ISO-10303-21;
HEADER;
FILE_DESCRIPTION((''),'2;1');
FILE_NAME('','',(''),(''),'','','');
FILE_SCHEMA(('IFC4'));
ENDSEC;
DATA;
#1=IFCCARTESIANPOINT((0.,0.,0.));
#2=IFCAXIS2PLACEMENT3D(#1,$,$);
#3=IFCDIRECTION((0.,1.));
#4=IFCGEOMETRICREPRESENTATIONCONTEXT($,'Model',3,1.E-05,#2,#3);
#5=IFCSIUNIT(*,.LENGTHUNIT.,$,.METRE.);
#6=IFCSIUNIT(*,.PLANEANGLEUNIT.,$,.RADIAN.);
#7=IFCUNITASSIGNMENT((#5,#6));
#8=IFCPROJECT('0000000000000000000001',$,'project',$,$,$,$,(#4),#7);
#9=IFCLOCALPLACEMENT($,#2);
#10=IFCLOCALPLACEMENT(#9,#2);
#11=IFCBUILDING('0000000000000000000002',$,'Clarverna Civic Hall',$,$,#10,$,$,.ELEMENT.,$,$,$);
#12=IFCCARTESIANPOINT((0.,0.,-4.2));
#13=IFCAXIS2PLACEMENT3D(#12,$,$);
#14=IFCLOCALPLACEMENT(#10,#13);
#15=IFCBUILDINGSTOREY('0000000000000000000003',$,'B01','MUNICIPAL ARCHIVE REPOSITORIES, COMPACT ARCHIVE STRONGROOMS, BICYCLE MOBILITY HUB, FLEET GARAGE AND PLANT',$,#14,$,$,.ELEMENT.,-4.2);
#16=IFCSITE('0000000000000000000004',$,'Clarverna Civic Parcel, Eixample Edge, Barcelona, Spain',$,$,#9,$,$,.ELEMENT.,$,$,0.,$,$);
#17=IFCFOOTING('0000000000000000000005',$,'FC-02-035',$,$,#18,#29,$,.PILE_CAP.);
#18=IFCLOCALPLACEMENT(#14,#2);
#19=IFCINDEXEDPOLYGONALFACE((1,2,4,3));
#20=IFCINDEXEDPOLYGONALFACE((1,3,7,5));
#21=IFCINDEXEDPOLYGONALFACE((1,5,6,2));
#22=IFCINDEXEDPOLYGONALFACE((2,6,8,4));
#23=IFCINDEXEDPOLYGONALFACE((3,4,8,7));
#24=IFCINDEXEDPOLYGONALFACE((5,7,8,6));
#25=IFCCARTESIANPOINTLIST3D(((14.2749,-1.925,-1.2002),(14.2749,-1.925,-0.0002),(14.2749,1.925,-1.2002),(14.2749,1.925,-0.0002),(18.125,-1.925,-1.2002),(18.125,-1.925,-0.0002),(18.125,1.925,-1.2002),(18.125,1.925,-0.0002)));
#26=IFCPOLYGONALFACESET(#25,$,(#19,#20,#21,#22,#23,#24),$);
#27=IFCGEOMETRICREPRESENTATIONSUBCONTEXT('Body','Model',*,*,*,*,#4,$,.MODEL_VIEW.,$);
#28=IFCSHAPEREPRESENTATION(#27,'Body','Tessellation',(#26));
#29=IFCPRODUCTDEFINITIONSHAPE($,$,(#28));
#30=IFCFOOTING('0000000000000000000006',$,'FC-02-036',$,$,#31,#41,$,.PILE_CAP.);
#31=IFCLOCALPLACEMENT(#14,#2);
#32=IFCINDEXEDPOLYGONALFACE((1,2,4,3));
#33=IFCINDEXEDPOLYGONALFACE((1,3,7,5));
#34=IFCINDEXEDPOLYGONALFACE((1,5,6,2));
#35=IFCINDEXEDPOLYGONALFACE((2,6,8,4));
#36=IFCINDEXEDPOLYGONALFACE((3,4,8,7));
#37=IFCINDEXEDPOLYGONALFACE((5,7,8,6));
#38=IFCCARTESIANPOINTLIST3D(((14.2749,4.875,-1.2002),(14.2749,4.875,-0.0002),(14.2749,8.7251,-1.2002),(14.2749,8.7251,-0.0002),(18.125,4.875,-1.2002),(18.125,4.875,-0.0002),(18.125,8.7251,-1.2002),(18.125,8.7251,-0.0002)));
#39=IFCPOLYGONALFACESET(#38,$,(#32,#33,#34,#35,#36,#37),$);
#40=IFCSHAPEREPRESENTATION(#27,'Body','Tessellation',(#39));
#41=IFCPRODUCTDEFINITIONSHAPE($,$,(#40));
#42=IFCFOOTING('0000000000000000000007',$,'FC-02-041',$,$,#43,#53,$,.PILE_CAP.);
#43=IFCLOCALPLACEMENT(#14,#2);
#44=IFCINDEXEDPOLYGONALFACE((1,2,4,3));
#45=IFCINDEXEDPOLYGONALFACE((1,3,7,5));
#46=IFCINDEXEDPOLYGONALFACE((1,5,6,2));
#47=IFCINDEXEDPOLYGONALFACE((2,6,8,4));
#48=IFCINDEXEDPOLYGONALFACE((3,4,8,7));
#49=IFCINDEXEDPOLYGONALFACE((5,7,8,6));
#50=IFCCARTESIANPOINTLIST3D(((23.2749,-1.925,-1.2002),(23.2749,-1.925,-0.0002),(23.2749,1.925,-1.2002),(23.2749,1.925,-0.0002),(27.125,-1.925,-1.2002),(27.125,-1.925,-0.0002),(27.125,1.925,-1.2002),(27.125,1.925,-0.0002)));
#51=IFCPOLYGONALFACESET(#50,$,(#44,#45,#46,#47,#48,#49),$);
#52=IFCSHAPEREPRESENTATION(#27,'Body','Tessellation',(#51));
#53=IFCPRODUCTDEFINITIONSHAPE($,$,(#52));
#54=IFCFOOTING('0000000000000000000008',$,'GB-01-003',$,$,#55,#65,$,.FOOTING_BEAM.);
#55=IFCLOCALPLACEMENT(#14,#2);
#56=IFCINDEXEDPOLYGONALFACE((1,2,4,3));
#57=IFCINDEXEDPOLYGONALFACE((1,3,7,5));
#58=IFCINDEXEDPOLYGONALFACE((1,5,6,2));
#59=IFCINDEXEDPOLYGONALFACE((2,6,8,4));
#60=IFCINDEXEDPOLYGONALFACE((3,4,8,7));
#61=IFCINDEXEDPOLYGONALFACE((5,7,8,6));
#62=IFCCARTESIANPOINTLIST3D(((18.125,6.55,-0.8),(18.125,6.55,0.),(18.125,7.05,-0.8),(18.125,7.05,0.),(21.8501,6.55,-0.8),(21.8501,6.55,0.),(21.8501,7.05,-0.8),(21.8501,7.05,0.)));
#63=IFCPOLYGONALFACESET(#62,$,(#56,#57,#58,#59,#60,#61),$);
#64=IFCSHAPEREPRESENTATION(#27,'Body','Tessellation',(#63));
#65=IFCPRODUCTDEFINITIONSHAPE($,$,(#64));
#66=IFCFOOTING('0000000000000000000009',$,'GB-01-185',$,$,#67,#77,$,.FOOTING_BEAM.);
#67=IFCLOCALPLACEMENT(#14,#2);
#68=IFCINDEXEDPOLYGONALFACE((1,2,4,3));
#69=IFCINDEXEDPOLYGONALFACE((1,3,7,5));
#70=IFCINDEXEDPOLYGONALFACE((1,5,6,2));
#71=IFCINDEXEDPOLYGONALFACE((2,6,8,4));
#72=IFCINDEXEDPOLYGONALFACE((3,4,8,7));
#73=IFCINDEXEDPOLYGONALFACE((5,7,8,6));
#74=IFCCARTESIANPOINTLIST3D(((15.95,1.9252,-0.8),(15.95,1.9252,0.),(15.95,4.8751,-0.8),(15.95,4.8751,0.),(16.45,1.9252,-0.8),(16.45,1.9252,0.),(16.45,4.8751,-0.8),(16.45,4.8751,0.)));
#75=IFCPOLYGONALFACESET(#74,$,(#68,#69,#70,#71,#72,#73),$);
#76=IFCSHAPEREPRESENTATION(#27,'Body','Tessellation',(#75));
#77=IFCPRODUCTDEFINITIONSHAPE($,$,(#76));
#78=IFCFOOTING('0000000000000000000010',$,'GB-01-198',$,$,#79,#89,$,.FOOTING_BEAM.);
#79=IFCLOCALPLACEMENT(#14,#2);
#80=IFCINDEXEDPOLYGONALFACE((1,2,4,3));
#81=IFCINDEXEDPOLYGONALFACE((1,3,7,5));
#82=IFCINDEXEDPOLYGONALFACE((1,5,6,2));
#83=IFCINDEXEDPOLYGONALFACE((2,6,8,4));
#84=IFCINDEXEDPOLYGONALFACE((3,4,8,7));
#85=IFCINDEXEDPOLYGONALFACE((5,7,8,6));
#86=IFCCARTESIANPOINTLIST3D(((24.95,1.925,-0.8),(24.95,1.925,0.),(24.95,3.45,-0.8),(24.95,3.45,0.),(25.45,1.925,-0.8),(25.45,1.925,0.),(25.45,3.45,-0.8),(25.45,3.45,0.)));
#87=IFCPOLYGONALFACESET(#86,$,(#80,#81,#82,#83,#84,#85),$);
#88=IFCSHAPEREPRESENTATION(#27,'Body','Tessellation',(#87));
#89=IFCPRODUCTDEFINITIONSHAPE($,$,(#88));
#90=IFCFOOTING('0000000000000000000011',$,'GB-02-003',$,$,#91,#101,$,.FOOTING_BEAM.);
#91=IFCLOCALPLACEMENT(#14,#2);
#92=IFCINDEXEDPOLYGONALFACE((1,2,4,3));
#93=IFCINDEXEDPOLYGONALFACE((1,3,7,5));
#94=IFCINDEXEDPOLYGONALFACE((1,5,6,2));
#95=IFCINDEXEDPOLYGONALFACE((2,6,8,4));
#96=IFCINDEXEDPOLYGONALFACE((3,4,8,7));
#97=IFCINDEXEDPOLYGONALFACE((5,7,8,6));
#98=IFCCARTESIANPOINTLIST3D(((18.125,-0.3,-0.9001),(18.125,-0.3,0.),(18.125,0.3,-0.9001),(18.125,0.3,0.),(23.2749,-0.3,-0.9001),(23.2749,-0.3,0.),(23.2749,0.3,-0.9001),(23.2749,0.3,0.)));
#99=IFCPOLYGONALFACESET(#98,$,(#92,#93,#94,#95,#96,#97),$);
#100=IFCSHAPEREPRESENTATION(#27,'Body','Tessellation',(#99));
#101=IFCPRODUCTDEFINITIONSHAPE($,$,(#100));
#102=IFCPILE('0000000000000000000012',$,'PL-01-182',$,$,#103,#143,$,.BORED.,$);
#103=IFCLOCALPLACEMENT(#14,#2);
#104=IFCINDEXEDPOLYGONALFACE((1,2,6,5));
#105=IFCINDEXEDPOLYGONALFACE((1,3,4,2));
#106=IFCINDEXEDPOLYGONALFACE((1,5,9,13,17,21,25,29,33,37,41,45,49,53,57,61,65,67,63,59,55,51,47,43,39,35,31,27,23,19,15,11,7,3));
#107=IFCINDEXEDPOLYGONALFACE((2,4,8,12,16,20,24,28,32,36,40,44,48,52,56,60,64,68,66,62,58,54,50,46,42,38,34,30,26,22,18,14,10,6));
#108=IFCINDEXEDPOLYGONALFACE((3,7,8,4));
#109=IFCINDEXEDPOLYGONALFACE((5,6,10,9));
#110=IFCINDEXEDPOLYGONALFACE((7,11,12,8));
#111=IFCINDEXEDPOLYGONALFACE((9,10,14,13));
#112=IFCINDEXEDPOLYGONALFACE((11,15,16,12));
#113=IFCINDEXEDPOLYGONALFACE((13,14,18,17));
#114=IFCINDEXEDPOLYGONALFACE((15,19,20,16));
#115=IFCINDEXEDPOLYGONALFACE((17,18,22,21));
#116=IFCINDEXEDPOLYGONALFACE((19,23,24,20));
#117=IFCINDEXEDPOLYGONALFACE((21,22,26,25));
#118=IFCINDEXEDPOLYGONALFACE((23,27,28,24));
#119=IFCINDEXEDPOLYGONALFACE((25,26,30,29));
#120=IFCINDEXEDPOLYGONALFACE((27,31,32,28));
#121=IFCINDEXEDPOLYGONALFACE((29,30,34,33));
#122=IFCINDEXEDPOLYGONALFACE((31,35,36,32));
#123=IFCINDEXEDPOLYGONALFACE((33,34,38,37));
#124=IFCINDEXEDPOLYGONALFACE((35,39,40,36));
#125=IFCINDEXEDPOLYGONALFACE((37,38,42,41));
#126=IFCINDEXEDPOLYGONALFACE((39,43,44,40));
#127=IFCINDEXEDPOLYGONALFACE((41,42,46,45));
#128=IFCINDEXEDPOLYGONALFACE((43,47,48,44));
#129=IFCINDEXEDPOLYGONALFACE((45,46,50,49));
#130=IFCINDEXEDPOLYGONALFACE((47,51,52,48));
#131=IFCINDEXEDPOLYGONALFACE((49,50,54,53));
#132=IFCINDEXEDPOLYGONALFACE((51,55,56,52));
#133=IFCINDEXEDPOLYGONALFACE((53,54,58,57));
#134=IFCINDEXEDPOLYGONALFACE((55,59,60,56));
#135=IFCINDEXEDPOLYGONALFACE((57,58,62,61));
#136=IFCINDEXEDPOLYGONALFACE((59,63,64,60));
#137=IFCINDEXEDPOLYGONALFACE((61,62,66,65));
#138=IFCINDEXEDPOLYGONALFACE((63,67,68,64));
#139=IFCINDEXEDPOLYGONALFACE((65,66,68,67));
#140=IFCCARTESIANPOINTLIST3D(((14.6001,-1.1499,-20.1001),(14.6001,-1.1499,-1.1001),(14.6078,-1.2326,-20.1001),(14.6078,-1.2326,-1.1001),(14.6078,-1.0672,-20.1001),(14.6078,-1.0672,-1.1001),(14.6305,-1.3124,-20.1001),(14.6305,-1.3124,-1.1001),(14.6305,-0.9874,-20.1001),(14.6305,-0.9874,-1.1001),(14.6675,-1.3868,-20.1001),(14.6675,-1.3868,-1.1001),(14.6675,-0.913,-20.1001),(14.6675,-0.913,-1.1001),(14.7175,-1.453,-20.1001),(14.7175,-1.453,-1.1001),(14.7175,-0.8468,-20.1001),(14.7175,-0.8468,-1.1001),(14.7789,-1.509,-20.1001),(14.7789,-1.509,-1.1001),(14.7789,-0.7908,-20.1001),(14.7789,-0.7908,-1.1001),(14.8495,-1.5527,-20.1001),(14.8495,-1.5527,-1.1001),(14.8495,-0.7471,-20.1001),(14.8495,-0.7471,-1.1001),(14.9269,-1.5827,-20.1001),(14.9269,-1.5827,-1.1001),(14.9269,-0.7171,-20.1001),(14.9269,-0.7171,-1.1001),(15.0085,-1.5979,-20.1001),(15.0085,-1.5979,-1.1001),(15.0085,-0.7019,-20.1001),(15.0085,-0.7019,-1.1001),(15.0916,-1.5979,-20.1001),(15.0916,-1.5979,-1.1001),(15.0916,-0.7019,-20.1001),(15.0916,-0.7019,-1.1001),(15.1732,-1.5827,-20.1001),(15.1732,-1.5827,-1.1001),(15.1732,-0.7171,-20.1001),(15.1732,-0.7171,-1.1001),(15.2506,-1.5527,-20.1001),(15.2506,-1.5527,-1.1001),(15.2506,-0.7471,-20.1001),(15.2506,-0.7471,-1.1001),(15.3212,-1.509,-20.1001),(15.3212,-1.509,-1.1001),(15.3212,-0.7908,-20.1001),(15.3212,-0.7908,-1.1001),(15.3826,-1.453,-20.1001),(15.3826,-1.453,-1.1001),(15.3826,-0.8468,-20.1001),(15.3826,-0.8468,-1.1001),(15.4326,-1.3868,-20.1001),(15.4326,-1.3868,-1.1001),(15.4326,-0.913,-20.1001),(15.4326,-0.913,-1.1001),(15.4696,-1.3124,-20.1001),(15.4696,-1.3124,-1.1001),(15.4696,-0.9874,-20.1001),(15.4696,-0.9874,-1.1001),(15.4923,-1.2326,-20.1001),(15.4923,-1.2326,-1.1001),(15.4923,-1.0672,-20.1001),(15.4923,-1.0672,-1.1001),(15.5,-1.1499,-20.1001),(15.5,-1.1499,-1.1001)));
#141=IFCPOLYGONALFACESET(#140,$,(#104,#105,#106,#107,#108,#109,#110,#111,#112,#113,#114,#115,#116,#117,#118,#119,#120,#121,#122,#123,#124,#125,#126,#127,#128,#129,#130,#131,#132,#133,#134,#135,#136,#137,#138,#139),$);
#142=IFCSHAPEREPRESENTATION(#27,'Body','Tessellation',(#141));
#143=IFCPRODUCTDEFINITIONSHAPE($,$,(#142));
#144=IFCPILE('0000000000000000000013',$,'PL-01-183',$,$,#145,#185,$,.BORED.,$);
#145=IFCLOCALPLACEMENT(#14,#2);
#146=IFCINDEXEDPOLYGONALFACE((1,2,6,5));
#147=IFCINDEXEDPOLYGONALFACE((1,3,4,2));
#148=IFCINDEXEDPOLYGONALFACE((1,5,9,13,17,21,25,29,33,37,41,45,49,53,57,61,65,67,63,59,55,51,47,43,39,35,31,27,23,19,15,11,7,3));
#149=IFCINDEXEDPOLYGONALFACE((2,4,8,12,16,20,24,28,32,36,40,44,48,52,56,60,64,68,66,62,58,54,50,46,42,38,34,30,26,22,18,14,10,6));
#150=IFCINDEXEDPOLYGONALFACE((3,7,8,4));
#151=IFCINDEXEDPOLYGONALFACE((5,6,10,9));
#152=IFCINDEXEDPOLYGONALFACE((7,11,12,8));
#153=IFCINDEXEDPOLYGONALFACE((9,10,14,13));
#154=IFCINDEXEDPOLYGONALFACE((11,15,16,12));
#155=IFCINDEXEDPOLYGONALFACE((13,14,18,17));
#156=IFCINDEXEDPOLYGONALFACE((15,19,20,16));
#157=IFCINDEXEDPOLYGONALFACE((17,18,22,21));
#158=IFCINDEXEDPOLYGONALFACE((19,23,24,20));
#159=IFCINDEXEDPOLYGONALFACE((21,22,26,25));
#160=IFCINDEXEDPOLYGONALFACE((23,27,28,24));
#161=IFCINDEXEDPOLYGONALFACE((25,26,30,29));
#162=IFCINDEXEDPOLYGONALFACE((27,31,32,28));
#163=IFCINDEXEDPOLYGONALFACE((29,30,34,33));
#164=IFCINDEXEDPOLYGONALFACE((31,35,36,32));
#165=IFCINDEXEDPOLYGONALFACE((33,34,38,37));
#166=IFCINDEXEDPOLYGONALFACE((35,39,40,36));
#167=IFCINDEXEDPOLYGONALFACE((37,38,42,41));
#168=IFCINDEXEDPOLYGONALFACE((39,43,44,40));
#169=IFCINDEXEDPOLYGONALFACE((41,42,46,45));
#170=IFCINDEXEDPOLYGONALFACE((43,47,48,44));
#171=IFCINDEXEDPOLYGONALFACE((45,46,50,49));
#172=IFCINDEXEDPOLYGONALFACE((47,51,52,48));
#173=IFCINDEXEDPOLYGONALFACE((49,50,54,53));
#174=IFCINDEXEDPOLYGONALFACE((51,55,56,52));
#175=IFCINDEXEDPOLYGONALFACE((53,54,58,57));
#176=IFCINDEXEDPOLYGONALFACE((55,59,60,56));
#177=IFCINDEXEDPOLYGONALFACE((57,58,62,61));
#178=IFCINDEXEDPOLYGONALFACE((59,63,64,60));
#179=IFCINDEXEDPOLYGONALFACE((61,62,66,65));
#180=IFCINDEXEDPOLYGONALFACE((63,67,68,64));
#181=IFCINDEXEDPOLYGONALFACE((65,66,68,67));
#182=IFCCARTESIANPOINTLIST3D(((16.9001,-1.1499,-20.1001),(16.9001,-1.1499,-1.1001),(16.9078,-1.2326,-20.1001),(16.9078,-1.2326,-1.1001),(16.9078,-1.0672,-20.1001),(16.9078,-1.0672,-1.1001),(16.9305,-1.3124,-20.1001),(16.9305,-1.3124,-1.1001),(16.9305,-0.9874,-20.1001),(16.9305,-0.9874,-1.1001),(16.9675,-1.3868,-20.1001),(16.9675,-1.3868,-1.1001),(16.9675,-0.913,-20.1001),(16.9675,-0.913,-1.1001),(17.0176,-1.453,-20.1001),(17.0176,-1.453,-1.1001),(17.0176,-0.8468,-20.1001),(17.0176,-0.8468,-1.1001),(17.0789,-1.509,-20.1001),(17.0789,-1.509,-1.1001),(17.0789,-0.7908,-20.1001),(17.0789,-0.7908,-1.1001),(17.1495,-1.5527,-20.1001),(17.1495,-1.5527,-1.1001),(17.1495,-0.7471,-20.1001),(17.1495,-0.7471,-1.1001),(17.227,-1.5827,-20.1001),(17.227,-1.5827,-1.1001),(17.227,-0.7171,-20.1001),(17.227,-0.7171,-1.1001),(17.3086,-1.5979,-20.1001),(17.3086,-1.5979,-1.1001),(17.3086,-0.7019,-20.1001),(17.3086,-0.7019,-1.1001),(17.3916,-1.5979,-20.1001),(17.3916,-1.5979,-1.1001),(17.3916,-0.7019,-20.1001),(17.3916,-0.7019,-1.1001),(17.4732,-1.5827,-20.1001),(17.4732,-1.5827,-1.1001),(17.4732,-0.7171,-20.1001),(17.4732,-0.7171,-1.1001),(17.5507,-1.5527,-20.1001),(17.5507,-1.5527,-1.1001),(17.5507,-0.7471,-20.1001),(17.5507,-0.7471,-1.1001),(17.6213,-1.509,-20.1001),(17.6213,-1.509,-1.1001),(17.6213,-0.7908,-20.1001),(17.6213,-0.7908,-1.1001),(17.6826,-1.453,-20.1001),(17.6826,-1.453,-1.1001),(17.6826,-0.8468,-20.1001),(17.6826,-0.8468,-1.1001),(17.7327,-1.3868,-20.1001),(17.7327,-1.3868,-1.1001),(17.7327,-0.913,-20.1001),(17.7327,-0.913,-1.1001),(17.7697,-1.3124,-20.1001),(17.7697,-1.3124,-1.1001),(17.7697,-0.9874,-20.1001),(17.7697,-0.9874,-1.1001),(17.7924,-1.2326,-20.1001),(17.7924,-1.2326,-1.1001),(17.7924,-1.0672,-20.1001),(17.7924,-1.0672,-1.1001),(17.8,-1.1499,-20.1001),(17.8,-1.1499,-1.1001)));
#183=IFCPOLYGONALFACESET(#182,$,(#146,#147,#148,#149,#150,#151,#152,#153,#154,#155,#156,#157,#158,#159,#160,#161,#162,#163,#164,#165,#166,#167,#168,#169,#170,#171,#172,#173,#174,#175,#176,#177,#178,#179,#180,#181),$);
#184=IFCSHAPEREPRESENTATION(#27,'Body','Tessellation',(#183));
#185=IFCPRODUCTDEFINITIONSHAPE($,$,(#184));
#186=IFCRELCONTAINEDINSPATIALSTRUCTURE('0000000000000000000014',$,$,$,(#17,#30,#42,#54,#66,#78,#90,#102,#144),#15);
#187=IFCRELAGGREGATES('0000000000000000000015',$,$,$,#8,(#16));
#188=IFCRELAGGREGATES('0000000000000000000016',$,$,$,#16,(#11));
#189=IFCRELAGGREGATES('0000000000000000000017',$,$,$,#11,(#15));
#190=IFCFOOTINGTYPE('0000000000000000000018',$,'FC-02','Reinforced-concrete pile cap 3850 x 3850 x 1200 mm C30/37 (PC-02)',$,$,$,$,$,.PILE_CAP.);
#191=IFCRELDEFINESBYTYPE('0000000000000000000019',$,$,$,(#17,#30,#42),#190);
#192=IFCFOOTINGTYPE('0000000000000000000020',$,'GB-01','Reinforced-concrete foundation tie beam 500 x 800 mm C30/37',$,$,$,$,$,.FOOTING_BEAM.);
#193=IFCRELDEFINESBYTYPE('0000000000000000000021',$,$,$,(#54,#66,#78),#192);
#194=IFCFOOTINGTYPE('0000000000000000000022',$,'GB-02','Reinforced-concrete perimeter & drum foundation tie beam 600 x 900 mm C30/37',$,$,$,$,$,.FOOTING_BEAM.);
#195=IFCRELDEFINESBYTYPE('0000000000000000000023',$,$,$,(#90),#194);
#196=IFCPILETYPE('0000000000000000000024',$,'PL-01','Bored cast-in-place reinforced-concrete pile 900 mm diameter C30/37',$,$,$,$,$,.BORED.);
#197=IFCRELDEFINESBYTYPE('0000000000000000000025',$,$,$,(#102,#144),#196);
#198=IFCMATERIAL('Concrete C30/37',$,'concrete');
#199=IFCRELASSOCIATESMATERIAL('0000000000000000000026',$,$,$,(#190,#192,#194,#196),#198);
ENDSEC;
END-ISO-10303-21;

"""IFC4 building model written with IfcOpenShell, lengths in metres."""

from ifc_helpers import new_model, si_unit, direction, frame, frame_2d, origin, origin_2d, place, context, subcontext, project, spatial, rectangle, circle, extrude, material, material_profile, profile_set, type_object, element, save


model = new_model("IFC4")

# Units and contexts
model_context = context("Model", 3, precision=1e-05, world=origin(), true_north=direction((0.0, 1.0)))
body_context = subcontext(model_context, "Body", "Model", "MODEL_VIEW")
ifc_project = project(units=[si_unit("LENGTHUNIT", "METRE"), si_unit("PLANEANGLEUNIT", "RADIAN")], contexts=[model_context])

# Site, building, storey
site_placement = place(None, origin())
site = spatial("IfcSite", under=ifc_project, at=site_placement, Name="Clarverna Civic Parcel, Eixample Edge, Barcelona, Spain", CompositionType="ELEMENT", RefElevation=0.0)
building_placement = place(site_placement, origin())
building = spatial("IfcBuilding", under=site, at=building_placement, Name="Clarverna Civic Hall", CompositionType="ELEMENT")
storey_placement = place(building_placement, frame((0.0, 0.0, -4.2)))
storey = spatial("IfcBuildingStorey", under=building, at=storey_placement, Name="B01", Description="MUNICIPAL ARCHIVE REPOSITORIES, COMPACT ARCHIVE STRONGROOMS, BICYCLE MOBILITY HUB, FLEET GARAGE AND PLANT", CompositionType="ELEMENT", Elevation=-4.2)

# Footings
ifc_material_1 = material(Name="Concrete C30/37", Category="concrete")
footing_type_1 = type_object("IfcFootingType", Name="FC-02", Description="Reinforced-concrete pile cap 3850 x 3850 x 1200 mm C30/37 (PC-02)", PredefinedType="PILE_CAP", material=ifc_material_1)
for number, where, z_axis, x_axis, name in (
    (1, (16.2, 0.0, -1.2002), (0.0, 0.0, 1.0), (1.0, 0.0, 0.0), "FC-02-035"),
    (2, (16.2, 6.8, -1.2002), (0.0, 0.0, 1.0), (1.0, 0.0, 0.0), "FC-02-036"),
    (3, (25.2, 0.0, -1.2002), (0.0, 0.0, 1.0), (1.0, 0.0, 0.0), "FC-02-041"),
):
    element("IfcFooting", number, at=place(storey_placement, frame(where, z_axis=z_axis, x_axis=x_axis)), inside=storey, type_object=footing_type_1, Name=name, PredefinedType="PILE_CAP", context=body_context, shape_type="SweptSolid", body=[
        extrude(rectangle(XDim=3.8501, YDim=3.8501, at=origin_2d()), origin(), (0.0, 0.0, 1.0), 1.2),
    ])
footing_type_2 = type_object("IfcFootingType", Name="GB-01", Description="Reinforced-concrete foundation tie beam 500 x 800 mm C30/37", PredefinedType="FOOTING_BEAM", material=ifc_material_1)
footing_1_placement = place(storey_placement, frame((18.125, 6.8, -0.8), z_axis=(0.0, 0.0, 1.0), x_axis=(1.0, 0.0, 0.0)))
element("IfcFooting", 4, at=footing_1_placement, inside=storey, type_object=footing_type_2, Name="GB-01-003", PredefinedType="FOOTING_BEAM", context=body_context, shape_type="SweptSolid", body=[
    extrude(rectangle(XDim=3.7251, YDim=0.5, at=frame_2d((1.8625, 0.0))), origin(), (0.0, 0.0, 1.0), 0.8),
])
footing_2_placement = place(storey_placement, frame((16.2, 1.925, -0.8), z_axis=(0.0, 0.0, 1.0), x_axis=(0.0, 1.0, 0.0)))
element("IfcFooting", 5, at=footing_2_placement, inside=storey, type_object=footing_type_2, Name="GB-01-185", PredefinedType="FOOTING_BEAM", context=body_context, shape_type="SweptSolid", body=[
    extrude(rectangle(XDim=2.95, YDim=0.5, at=frame_2d((1.4751, 0.0))), origin(), (0.0, 0.0, 1.0), 0.8),
])
footing_3_placement = place(storey_placement, frame((25.2, 1.925, -0.8), z_axis=(0.0, 0.0, 1.0), x_axis=(0.0, 1.0, 0.0)))
element("IfcFooting", 6, at=footing_3_placement, inside=storey, type_object=footing_type_2, Name="GB-01-198", PredefinedType="FOOTING_BEAM", context=body_context, shape_type="SweptSolid", body=[
    extrude(rectangle(XDim=1.5249, YDim=0.5, at=frame_2d((0.7625, 0.0))), origin(), (0.0, 0.0, 1.0), 0.8),
])
footing_type_3 = type_object("IfcFootingType", Name="GB-02", Description="Reinforced-concrete perimeter & drum foundation tie beam 600 x 900 mm C30/37", PredefinedType="FOOTING_BEAM", material=ifc_material_1)
footing_4_placement = place(storey_placement, frame((18.125, 0.0, -0.9001), z_axis=(0.0, 0.0, 1.0), x_axis=(1.0, 0.0, 0.0)))
element("IfcFooting", 7, at=footing_4_placement, inside=storey, type_object=footing_type_3, Name="GB-02-003", PredefinedType="FOOTING_BEAM", context=body_context, shape_type="SweptSolid", body=[
    extrude(rectangle(XDim=5.1499, YDim=0.6001, at=frame_2d((2.575, 0.0))), origin(), (0.0, 0.0, 1.0), 0.9001),
])

# Piles
ifc_material_profile_1 = material_profile(ifc_material_1, circle(Radius=0.45, at=origin_2d()), Name="BORED PILE D900")
ifc_profile_set_1 = profile_set([ifc_material_profile_1], Name="Concrete C30/37")
pile_type_1 = type_object("IfcPileType", Name="PL-01", Description="Bored cast-in-place reinforced-concrete pile 900 mm diameter C30/37", PredefinedType="BORED", material=ifc_profile_set_1)
for number, where, z_axis, x_axis, name in (
    (8, (15.05, -1.1499, -1.1001), (0.0, 0.0, -1.0), (1.0, 0.0, 0.0), "PL-01-182"),
    (9, (17.3501, -1.1499, -1.1001), (0.0, 0.0, -1.0), (1.0, 0.0, 0.0), "PL-01-183"),
):
    element("IfcPile", number, at=place(storey_placement, frame(where, z_axis=z_axis, x_axis=x_axis)), inside=storey, type_object=pile_type_1, Name=name, PredefinedType="BORED", context=body_context, shape_type="SweptSolid", body=[
        extrude(circle(Radius=0.45, at=origin_2d()), origin(), (0.0, 0.0, 1.0), 19.0),
    ])

save(model, "model.ifc")
